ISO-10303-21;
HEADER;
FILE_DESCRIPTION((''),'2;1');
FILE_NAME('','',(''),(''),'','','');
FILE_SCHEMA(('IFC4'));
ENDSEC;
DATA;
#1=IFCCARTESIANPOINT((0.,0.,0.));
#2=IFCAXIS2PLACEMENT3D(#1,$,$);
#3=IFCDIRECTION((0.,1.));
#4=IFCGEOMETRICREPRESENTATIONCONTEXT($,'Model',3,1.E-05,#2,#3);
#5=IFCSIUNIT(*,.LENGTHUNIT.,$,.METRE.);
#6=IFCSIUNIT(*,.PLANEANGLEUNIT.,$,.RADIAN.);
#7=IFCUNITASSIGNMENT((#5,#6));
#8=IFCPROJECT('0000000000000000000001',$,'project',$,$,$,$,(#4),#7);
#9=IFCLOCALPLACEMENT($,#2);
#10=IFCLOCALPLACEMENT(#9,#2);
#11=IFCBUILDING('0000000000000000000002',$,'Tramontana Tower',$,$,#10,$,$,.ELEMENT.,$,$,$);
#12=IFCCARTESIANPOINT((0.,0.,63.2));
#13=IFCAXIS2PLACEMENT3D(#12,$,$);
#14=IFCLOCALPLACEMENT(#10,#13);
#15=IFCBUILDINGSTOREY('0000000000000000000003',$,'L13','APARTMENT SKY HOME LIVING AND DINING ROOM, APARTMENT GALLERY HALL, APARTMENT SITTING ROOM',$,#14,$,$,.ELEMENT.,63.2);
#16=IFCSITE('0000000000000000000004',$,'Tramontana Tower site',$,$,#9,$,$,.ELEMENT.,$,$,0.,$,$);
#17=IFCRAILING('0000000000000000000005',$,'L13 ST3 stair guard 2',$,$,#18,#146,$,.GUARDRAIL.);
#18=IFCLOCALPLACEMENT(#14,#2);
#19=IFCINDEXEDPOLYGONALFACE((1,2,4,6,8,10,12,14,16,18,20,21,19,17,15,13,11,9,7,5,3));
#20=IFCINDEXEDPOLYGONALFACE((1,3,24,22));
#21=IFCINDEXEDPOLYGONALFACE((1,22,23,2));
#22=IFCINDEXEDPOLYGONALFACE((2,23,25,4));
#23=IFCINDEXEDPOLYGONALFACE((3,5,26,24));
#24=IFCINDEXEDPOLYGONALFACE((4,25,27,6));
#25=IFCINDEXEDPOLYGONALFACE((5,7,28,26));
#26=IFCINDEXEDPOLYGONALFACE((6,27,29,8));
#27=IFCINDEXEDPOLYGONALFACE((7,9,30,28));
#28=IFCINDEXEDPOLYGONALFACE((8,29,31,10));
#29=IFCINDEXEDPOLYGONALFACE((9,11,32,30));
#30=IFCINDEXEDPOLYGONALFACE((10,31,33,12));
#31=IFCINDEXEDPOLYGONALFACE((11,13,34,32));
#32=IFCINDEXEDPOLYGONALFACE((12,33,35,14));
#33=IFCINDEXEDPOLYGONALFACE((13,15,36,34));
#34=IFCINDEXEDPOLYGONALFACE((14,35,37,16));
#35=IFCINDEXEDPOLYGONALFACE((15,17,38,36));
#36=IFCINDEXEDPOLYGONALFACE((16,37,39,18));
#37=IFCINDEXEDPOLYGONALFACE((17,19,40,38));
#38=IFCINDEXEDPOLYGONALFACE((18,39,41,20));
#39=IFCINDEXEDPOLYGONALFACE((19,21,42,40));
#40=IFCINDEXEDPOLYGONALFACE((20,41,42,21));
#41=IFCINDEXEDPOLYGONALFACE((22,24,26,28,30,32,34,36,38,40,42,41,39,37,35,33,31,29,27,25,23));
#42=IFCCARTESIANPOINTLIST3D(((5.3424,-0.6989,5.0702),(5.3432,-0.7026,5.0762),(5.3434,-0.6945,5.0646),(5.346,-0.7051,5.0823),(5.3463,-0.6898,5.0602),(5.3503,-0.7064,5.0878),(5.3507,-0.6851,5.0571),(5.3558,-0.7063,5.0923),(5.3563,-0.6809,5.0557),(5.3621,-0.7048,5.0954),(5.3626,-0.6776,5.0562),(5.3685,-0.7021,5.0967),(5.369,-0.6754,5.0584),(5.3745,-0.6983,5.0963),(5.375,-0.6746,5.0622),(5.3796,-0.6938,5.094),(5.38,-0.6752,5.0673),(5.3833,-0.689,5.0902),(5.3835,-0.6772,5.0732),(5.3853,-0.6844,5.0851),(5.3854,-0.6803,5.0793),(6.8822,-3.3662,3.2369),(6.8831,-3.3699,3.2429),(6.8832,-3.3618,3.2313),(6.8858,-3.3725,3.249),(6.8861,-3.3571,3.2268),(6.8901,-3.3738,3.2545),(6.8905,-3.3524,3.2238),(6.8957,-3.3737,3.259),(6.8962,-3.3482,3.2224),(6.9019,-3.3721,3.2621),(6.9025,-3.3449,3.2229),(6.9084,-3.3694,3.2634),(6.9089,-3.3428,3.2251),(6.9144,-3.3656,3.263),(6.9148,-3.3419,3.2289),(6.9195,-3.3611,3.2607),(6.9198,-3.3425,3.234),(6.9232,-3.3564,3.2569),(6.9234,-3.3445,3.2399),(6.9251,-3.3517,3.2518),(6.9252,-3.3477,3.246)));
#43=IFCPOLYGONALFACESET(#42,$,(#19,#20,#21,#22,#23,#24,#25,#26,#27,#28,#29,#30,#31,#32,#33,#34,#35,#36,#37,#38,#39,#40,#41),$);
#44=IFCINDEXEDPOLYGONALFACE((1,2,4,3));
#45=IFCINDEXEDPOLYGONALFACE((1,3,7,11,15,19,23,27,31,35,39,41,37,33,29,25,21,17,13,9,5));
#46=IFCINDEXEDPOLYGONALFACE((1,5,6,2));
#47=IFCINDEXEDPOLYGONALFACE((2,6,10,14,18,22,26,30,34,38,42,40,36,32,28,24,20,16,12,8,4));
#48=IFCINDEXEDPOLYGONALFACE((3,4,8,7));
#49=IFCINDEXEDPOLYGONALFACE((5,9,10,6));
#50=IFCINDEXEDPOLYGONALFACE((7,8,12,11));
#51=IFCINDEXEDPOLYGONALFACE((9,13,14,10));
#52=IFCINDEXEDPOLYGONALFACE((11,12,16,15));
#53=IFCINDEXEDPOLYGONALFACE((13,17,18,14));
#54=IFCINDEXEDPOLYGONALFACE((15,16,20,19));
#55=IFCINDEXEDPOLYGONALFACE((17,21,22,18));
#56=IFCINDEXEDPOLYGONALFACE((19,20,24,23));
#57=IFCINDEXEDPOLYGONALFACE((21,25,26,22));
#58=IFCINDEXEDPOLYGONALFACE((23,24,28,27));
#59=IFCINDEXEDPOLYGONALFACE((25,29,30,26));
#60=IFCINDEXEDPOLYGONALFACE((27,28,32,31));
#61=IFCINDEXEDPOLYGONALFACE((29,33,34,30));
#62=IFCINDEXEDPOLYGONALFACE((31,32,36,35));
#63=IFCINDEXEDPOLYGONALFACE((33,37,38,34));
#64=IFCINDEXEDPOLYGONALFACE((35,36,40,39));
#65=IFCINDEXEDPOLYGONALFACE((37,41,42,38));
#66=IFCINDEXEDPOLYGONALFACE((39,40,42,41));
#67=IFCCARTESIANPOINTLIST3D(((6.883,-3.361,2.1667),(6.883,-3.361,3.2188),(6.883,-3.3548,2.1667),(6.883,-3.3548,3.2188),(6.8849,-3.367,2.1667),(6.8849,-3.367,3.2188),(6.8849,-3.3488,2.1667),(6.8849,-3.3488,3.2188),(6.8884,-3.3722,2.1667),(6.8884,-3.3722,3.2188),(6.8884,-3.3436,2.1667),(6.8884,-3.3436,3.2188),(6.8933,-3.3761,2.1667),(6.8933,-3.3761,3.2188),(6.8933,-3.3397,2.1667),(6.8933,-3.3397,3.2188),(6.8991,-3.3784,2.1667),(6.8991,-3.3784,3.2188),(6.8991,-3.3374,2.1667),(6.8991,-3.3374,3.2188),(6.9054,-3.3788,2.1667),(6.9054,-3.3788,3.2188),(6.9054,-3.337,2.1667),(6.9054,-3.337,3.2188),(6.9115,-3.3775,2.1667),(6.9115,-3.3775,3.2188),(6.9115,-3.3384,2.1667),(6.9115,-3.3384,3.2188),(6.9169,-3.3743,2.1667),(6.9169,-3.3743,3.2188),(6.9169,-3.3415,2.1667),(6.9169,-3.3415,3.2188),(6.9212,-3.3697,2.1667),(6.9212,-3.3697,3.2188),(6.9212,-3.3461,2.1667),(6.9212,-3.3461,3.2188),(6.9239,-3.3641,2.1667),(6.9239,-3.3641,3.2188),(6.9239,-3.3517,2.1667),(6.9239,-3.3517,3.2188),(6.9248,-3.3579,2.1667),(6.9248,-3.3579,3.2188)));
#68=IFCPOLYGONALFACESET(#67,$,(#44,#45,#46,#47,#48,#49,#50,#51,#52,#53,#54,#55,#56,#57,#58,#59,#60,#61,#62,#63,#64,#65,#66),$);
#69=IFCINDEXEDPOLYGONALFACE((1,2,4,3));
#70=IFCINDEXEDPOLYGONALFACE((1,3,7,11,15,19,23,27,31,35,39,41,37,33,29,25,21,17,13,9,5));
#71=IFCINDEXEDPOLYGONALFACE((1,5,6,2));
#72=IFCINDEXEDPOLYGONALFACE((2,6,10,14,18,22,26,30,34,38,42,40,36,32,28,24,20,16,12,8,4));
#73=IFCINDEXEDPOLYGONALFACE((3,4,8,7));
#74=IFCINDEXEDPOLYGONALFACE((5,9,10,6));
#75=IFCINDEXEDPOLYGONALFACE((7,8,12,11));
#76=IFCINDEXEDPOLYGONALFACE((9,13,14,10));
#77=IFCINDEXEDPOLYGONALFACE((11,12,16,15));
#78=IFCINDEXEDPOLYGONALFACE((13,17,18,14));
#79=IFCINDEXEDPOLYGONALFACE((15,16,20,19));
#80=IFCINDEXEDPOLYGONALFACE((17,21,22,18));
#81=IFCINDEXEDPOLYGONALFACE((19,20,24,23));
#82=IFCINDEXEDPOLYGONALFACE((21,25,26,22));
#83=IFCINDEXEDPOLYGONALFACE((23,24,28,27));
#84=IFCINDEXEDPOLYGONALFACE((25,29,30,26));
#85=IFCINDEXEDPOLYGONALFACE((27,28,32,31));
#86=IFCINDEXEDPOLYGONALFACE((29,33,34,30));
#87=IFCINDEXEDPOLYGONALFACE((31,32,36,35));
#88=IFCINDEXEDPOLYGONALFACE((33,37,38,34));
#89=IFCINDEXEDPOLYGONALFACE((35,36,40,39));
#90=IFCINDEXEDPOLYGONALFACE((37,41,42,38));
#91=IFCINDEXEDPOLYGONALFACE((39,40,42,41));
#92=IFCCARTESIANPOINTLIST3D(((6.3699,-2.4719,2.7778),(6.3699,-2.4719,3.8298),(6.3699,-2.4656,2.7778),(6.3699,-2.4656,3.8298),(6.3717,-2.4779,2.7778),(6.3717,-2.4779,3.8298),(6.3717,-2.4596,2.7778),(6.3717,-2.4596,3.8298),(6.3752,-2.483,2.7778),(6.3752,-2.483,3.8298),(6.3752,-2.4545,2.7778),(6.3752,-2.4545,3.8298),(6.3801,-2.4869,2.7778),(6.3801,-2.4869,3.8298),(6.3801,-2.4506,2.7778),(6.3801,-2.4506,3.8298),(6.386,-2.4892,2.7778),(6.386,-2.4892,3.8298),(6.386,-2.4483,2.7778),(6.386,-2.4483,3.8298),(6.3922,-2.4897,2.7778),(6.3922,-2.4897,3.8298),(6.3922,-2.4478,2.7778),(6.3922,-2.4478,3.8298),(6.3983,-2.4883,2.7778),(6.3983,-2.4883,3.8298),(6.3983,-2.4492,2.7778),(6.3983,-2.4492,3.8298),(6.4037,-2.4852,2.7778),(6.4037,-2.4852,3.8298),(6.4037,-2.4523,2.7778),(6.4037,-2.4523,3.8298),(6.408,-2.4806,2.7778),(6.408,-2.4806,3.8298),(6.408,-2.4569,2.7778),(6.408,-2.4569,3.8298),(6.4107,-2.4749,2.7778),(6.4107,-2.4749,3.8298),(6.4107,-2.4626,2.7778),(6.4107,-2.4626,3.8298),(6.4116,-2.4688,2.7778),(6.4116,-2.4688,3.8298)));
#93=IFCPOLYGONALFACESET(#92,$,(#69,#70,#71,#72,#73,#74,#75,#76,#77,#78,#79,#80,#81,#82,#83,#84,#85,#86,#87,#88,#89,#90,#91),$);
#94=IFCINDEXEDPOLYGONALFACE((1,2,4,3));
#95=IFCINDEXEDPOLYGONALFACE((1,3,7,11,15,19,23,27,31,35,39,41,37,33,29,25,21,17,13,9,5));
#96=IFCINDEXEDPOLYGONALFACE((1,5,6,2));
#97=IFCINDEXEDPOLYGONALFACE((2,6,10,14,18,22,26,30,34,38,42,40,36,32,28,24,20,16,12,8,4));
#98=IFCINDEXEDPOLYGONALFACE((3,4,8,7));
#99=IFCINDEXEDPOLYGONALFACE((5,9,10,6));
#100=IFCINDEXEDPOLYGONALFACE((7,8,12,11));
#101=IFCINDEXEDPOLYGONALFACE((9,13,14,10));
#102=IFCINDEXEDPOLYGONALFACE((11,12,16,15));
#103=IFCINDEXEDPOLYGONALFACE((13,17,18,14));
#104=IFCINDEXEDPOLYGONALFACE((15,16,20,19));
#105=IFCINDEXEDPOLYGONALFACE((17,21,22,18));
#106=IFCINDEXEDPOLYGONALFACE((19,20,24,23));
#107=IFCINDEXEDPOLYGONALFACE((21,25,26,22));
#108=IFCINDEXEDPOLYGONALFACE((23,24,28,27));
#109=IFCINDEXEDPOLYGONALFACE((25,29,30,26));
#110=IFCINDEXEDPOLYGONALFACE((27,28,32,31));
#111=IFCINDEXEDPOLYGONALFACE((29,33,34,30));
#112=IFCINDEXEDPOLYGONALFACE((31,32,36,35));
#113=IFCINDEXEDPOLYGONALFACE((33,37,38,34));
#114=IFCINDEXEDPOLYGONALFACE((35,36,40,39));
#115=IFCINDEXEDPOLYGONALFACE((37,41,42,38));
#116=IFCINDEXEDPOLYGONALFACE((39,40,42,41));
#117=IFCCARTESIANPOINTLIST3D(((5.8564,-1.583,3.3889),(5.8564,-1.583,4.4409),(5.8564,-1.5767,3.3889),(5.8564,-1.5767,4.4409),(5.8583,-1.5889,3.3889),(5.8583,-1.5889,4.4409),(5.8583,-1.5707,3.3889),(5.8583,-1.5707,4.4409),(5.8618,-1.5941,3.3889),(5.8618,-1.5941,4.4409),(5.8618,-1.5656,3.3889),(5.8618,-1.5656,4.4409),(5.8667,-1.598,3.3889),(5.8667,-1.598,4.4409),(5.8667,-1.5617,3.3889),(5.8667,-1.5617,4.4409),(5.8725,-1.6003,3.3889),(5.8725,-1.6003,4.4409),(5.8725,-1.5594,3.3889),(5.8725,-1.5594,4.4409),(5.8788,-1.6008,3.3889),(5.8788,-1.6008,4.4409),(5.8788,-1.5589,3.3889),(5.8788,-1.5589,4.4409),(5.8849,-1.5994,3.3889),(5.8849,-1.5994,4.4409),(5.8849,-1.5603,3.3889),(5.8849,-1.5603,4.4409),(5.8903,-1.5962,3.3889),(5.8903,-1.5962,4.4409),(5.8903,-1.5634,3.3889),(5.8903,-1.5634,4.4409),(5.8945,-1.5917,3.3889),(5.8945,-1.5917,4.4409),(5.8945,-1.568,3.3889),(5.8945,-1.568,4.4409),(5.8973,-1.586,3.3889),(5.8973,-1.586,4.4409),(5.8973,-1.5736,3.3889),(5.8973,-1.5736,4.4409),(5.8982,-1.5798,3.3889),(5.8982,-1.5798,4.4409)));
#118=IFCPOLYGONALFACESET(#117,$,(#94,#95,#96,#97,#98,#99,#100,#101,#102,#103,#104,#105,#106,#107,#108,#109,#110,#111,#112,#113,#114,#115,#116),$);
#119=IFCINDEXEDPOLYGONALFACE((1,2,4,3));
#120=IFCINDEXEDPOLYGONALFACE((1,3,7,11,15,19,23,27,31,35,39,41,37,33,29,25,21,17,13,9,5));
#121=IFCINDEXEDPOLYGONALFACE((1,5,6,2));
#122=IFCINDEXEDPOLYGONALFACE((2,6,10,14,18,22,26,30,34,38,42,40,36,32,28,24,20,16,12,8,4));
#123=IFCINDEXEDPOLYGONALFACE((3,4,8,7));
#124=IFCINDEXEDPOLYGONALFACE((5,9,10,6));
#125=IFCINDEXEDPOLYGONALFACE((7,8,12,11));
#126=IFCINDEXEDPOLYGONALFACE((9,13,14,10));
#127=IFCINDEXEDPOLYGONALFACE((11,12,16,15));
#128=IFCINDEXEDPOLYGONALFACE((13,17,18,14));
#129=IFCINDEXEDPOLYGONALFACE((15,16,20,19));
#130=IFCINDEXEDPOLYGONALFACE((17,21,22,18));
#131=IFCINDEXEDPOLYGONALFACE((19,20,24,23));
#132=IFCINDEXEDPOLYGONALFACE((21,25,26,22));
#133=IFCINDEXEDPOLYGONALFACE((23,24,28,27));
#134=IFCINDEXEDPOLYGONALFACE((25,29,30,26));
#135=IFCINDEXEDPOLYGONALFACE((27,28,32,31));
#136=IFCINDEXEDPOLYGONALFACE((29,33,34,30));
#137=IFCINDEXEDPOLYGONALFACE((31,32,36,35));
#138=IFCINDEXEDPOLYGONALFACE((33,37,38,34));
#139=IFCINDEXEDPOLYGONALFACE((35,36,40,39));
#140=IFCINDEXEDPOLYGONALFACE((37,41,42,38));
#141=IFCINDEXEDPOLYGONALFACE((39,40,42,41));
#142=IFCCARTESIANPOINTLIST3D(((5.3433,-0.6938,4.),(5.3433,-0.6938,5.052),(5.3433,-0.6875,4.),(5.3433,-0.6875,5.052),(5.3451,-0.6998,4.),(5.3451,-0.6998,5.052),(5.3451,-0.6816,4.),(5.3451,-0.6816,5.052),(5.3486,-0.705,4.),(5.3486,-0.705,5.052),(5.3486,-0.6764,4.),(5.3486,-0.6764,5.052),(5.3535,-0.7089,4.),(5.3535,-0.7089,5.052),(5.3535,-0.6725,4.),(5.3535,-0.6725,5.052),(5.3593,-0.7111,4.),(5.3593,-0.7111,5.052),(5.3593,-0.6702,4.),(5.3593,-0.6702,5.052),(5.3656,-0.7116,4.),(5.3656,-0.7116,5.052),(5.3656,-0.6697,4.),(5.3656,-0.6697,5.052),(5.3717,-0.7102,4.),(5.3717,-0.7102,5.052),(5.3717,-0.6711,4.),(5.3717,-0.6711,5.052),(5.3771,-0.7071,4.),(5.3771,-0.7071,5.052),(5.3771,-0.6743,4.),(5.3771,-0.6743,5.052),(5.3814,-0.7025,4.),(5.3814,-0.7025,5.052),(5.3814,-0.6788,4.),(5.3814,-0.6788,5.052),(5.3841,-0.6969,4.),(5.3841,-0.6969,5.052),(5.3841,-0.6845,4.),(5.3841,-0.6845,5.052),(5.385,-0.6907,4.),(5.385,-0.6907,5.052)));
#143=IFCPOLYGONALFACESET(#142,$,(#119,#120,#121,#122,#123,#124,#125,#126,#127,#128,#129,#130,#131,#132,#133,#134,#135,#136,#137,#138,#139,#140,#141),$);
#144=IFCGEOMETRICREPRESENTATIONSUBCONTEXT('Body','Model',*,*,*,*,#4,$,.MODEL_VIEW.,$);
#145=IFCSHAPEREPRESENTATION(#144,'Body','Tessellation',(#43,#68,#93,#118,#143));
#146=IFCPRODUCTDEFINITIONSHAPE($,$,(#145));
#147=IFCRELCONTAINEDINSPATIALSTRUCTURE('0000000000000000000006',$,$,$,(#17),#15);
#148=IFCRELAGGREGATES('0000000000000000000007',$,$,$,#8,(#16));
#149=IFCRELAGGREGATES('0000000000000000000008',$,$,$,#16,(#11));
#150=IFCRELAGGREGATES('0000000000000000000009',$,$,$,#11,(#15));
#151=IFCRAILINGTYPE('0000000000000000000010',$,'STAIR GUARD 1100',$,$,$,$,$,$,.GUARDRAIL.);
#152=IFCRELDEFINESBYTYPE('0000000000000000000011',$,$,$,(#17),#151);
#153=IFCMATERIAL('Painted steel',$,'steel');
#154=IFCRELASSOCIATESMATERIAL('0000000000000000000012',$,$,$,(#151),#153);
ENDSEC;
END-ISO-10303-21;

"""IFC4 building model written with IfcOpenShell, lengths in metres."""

from ifc_helpers import new_model, si_unit, direction, frame, origin, origin_2d, place, context, subcontext, project, spatial, circle, extrude, material, type_object, element, save


model = new_model("IFC4")

# Units and contexts
model_context = context("Model", 3, precision=1e-05, world=origin(), true_north=direction((0.0, 1.0)))
body_context = subcontext(model_context, "Body", "Model", "MODEL_VIEW")
ifc_project = project(units=[si_unit("LENGTHUNIT", "METRE"), si_unit("PLANEANGLEUNIT", "RADIAN")], contexts=[model_context])

# Site, building, storey
site_placement = place(None, origin())
site = spatial("IfcSite", under=ifc_project, at=site_placement, Name="Tramontana Tower site", CompositionType="ELEMENT", RefElevation=0.0)
building_placement = place(site_placement, origin())
building = spatial("IfcBuilding", under=site, at=building_placement, Name="Tramontana Tower", CompositionType="ELEMENT")
storey_placement = place(building_placement, frame((0.0, 0.0, 63.2)))
storey = spatial("IfcBuildingStorey", under=building, at=storey_placement, Name="L13", Description="APARTMENT SKY HOME LIVING AND DINING ROOM, APARTMENT GALLERY HALL, APARTMENT SITTING ROOM", CompositionType="ELEMENT", Elevation=63.2)

# Railing
ifc_material_1 = material(Name="Painted steel", Category="steel")
railing_type_1 = type_object("IfcRailingType", Name="STAIR GUARD 1100", PredefinedType="GUARDRAIL", material=ifc_material_1)
railing_1_placement = place(storey_placement, frame((6.9038, -3.3579, 2.1667)))
element("IfcRailing", 1, at=railing_1_placement, inside=storey, type_object=railing_type_1, Name="L13 ST3 stair guard 2", PredefinedType="GUARDRAIL", context=body_context, shape_type="SweptSolid", body=[
    extrude(circle(Radius=0.0239, at=origin_2d()), frame((0.0, 0.0, 1.0762), z_axis=(-0.429616, 0.744181, 0.511493), x_axis=(-0.866044, -0.499967, 0.0)), (0.0, 0.0, 1.0), 3.5842),
    extrude(circle(Radius=0.021, at=origin_2d()), origin(), (0.0, 0.0, 1.0), 1.052),
    extrude(circle(Radius=0.021, at=origin_2d()), frame((-0.5132, 0.8892, 0.6111)), (0.0, 0.0, 1.0), 1.052),
    extrude(circle(Radius=0.021, at=origin_2d()), frame((-1.0266, 1.7781, 1.2222)), (0.0, 0.0, 1.0), 1.052),
    extrude(circle(Radius=0.021, at=origin_2d()), frame((-1.5398, 2.6672, 1.8333)), (0.0, 0.0, 1.0), 1.052),
])

save(model, "model.ifc")
